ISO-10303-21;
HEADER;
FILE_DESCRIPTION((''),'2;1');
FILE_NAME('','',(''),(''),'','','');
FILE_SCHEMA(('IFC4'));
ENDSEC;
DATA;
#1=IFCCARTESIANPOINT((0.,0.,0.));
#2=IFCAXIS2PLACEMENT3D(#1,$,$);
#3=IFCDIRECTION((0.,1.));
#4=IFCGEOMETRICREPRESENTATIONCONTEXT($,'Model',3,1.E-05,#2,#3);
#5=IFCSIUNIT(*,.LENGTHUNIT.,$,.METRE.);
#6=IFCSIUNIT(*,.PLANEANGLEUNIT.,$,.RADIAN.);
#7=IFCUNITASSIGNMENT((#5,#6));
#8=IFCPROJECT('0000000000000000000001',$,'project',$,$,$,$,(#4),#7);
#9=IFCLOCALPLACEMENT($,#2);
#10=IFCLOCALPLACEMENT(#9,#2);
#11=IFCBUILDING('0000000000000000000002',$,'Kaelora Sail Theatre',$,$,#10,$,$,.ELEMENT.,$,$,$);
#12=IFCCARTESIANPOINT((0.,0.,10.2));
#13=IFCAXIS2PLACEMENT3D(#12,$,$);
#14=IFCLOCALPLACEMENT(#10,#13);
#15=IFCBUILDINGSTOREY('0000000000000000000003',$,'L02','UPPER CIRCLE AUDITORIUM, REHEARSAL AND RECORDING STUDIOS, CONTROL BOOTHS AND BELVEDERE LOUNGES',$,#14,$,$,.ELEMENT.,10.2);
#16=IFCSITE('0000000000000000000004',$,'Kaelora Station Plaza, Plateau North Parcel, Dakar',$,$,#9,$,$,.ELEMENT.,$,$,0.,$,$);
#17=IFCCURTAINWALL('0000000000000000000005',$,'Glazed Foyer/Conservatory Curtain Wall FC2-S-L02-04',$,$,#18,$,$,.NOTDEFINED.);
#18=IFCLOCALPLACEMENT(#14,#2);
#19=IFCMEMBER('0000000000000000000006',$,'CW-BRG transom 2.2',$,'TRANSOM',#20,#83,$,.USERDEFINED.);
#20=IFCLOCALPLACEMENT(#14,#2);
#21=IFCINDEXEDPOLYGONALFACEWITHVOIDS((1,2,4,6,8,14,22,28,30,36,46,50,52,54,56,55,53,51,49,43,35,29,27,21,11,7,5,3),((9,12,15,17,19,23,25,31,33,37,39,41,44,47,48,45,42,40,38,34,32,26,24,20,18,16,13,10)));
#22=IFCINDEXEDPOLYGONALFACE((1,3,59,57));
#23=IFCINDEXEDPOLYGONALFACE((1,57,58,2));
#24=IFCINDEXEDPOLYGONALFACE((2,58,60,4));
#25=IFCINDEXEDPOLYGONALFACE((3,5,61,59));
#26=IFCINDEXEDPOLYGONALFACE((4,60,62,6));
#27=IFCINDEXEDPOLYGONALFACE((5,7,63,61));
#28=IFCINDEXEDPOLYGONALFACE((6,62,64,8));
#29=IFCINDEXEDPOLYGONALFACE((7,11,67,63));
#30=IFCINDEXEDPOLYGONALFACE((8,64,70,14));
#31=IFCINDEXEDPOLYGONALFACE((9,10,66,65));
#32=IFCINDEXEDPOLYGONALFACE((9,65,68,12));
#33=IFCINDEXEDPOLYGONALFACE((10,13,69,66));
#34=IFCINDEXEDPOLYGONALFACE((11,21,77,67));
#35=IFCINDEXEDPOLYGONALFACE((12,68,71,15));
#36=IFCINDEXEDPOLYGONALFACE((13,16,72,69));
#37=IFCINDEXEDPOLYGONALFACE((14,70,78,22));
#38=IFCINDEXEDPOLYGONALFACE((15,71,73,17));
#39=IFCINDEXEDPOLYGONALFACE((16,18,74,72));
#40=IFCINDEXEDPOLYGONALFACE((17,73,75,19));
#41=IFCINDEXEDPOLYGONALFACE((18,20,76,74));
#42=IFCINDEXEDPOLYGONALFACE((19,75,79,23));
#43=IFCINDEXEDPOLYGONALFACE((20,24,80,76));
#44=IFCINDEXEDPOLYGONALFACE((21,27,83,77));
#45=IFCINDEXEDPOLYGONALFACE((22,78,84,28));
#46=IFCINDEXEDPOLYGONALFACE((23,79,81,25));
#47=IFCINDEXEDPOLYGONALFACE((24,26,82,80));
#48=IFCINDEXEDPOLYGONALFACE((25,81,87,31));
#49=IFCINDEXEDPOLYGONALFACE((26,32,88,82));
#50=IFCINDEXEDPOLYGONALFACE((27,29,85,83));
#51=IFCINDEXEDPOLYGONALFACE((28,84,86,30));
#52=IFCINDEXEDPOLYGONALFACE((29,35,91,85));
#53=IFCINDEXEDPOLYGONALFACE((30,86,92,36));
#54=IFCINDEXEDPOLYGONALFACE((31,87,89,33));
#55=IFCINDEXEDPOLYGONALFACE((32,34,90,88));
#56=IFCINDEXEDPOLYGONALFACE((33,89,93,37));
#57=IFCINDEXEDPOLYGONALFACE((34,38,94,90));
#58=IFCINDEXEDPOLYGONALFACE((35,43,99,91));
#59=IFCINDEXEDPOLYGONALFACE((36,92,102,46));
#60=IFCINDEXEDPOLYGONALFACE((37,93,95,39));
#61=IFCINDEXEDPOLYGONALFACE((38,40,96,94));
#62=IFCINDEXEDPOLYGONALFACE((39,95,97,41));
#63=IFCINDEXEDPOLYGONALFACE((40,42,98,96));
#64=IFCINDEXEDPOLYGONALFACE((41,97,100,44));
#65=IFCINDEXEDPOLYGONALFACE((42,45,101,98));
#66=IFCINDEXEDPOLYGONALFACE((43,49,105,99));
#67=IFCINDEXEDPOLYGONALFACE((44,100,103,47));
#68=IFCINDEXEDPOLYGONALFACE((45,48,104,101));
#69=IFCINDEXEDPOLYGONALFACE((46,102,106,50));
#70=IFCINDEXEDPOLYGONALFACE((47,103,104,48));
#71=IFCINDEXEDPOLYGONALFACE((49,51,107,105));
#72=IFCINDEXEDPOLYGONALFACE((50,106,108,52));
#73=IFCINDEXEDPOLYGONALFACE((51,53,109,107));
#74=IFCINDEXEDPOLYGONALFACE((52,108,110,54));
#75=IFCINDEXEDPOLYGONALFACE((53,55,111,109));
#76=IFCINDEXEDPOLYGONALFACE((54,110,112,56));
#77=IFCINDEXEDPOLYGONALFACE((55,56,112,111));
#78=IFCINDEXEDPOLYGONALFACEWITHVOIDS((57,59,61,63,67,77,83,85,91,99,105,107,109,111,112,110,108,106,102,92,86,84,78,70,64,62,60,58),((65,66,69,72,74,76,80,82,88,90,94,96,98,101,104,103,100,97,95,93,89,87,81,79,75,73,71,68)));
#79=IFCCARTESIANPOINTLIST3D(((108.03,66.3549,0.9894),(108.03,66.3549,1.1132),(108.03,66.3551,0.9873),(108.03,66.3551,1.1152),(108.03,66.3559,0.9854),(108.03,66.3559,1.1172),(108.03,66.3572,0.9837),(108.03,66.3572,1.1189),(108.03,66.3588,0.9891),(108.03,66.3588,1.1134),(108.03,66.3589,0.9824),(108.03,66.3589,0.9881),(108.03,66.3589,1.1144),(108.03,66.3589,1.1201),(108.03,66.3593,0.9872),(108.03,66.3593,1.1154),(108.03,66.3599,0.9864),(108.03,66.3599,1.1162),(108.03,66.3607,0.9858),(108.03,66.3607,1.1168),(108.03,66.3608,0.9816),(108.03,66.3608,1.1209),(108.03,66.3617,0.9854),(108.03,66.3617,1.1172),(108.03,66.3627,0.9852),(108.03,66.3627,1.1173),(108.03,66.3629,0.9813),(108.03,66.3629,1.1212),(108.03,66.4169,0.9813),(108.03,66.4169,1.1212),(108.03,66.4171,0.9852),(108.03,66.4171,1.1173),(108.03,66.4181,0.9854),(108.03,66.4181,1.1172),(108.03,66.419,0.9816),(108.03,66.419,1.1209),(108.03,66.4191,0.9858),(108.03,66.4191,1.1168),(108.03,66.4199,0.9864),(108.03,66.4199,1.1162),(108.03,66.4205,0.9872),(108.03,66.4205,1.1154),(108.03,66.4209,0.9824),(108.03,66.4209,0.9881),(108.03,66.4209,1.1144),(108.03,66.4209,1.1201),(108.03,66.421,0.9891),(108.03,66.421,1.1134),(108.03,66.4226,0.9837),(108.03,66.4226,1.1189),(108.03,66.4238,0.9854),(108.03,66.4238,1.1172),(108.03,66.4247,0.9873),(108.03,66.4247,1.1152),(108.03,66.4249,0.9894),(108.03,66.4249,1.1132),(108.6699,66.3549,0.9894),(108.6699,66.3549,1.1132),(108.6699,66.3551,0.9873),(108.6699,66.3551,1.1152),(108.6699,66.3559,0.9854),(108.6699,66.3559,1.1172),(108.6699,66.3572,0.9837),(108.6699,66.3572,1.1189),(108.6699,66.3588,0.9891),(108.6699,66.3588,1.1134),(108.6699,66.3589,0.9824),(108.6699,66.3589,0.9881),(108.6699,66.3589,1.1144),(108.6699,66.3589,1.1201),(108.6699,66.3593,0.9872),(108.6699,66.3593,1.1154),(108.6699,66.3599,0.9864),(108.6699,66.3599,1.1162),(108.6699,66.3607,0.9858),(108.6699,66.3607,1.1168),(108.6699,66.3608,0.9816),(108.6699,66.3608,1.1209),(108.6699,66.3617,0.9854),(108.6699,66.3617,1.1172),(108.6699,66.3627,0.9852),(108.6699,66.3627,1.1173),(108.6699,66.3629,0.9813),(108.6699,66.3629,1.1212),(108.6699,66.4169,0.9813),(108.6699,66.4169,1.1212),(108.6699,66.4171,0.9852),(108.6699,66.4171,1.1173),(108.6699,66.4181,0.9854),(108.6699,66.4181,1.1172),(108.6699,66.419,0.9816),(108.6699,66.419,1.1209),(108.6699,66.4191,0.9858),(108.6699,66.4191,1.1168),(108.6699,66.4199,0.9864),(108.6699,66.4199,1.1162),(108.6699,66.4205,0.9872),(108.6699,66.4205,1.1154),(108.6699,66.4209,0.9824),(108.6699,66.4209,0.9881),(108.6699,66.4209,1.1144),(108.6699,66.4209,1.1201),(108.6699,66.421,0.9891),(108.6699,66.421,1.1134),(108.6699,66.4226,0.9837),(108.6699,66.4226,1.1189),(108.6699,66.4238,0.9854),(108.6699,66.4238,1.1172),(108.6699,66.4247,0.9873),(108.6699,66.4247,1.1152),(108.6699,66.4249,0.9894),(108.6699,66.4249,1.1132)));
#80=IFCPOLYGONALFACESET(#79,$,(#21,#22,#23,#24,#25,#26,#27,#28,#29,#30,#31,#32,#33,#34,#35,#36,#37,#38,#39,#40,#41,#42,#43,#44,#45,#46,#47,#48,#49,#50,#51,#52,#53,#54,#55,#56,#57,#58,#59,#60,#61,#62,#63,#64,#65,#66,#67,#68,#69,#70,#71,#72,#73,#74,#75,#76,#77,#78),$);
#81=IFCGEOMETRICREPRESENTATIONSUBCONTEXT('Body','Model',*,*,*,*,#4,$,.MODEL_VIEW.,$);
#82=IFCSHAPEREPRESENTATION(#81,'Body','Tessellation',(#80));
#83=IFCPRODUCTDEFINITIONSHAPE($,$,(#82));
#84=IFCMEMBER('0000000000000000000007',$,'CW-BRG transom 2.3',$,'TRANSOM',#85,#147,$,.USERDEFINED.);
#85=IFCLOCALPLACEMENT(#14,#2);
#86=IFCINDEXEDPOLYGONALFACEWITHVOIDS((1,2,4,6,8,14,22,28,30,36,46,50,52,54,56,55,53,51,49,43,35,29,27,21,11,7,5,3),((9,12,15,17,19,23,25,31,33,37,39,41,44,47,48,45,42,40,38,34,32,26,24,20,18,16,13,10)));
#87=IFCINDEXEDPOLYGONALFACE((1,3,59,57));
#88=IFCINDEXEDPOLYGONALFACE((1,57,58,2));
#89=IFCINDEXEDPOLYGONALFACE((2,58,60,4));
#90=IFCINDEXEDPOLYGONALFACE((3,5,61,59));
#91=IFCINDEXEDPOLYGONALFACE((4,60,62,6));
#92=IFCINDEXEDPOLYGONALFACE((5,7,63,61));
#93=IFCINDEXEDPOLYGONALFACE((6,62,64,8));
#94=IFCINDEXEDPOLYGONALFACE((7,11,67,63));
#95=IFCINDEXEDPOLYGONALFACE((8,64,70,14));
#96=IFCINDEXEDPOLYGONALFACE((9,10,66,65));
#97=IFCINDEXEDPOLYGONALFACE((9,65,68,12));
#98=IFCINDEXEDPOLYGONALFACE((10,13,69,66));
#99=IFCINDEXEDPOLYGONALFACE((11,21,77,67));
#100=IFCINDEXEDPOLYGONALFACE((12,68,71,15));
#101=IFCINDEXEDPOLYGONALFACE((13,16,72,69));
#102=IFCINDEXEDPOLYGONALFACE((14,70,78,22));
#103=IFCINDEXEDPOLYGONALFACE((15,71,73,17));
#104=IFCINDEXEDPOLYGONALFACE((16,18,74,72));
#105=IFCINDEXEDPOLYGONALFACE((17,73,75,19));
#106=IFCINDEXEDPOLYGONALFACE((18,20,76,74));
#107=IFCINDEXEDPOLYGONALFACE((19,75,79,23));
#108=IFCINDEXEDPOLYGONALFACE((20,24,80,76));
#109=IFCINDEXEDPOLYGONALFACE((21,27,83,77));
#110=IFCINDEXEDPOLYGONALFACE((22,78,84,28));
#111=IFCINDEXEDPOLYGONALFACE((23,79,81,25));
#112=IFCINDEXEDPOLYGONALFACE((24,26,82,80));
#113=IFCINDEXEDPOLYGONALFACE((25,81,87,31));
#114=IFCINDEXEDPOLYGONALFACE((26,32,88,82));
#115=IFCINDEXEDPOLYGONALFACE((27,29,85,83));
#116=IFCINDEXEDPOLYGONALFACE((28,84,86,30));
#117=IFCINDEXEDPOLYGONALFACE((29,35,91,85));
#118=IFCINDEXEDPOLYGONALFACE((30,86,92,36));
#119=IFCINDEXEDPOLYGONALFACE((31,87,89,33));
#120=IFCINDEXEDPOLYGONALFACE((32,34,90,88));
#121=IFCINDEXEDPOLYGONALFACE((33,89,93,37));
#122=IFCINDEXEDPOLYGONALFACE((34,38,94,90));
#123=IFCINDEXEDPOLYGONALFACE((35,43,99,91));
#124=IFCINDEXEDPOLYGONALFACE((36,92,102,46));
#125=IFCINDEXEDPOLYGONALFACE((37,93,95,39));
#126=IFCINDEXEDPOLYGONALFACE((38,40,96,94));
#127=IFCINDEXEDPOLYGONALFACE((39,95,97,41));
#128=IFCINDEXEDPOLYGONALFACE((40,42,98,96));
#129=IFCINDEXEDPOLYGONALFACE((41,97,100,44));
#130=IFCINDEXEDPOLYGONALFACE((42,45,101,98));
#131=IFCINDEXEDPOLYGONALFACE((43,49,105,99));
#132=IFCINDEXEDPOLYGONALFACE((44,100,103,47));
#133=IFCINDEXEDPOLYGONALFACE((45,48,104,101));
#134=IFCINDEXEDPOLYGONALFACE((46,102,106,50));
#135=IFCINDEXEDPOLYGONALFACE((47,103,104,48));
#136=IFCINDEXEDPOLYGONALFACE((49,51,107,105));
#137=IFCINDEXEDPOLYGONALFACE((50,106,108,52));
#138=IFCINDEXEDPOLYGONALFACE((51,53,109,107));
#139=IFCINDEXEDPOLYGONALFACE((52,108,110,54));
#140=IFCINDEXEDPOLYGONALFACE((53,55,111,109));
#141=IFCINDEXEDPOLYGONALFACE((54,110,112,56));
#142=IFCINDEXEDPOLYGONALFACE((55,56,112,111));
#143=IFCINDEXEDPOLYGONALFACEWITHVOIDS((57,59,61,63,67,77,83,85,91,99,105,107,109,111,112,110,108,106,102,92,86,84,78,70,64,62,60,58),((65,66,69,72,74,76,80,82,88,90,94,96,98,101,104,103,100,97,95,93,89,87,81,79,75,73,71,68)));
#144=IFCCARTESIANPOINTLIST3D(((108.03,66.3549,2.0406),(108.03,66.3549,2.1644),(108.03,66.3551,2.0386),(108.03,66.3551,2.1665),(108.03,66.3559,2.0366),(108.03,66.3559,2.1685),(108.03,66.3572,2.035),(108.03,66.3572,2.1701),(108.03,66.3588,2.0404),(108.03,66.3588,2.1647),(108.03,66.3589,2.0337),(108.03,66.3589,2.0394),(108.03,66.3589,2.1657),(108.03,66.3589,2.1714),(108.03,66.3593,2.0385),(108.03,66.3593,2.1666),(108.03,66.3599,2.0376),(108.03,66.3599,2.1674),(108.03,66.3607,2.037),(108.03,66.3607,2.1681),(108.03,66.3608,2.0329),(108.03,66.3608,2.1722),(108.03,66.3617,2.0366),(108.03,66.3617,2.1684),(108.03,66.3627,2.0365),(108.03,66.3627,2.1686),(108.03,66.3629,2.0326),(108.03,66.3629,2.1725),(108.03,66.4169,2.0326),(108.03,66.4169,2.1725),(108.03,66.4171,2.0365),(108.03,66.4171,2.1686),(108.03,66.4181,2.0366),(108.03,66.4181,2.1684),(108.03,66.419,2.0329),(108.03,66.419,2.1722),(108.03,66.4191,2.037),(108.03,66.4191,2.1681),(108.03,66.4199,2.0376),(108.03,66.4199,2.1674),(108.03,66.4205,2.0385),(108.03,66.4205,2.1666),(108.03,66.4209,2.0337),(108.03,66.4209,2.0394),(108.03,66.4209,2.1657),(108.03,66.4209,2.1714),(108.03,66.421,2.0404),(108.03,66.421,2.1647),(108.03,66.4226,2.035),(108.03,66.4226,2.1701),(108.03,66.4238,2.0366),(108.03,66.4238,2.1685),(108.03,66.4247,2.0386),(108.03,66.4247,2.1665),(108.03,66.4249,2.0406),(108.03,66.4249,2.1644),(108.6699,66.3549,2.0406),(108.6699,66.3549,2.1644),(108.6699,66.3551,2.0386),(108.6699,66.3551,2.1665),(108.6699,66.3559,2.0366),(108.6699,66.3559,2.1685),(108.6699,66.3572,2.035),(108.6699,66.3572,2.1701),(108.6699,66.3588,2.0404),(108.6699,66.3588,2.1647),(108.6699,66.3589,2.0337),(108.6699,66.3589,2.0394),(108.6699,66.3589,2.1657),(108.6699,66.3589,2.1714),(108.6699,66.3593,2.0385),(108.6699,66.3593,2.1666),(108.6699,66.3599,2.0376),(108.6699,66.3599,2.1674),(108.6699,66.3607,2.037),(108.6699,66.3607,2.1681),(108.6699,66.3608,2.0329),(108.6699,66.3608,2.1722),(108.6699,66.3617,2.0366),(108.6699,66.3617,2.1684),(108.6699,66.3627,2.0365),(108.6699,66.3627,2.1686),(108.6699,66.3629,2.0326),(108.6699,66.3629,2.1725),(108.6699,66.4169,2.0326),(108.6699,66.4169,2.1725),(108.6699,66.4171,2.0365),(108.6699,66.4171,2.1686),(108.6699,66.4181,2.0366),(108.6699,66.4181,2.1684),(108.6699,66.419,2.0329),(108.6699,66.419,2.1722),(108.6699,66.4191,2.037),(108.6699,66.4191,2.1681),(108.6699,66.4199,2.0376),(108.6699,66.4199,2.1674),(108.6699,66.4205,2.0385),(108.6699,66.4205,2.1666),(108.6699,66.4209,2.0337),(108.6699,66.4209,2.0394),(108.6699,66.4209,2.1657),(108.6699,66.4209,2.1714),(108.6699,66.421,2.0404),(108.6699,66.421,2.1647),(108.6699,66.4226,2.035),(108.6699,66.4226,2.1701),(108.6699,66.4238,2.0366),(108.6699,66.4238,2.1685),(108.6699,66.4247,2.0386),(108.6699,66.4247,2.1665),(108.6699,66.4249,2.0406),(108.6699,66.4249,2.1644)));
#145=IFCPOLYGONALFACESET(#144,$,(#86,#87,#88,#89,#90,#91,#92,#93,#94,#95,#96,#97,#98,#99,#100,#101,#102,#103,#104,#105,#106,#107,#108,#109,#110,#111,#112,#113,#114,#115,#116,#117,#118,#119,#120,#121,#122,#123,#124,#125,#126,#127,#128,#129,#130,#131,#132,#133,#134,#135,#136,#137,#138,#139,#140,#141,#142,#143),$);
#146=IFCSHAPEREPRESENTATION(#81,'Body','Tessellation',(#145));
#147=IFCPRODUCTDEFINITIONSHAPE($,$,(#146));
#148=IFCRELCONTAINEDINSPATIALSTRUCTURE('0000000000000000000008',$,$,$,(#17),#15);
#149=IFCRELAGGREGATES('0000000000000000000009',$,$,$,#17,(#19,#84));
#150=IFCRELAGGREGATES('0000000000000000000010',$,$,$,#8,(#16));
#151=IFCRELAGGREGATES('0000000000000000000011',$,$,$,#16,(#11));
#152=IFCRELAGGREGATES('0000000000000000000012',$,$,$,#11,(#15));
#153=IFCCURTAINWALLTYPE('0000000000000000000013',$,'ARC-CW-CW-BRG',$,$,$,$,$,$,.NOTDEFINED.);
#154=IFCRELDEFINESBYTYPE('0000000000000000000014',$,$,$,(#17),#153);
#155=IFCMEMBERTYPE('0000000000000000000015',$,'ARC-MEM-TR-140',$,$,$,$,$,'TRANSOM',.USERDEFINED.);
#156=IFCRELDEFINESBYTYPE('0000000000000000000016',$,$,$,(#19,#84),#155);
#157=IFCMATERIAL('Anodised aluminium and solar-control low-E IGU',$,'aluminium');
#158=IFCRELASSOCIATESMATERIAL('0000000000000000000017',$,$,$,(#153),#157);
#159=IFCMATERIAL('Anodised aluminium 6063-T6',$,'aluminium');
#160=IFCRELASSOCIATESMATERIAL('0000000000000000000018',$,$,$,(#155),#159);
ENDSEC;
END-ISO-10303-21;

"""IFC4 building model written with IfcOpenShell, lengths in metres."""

from ifc_helpers import new_model, si_unit, direction, frame, origin, origin_2d, place, context, subcontext, project, spatial, hollow_rectangle, extrude, material, material_profile, profile_set, type_object, element, aggregate, save


model = new_model("IFC4")

# Units and contexts
model_context = context("Model", 3, precision=1e-05, world=origin(), true_north=direction((0.0, 1.0)))
body_context = subcontext(model_context, "Body", "Model", "MODEL_VIEW")
ifc_project = project(units=[si_unit("LENGTHUNIT", "METRE"), si_unit("PLANEANGLEUNIT", "RADIAN")], contexts=[model_context])

# Site, building, storey
site_placement = place(None, origin())
site = spatial("IfcSite", under=ifc_project, at=site_placement, Name="Kaelora Station Plaza, Plateau North Parcel, Dakar", CompositionType="ELEMENT", RefElevation=0.0)
building_placement = place(site_placement, origin())
building = spatial("IfcBuilding", under=site, at=building_placement, Name="Kaelora Sail Theatre", CompositionType="ELEMENT")
storey_placement = place(building_placement, frame((0.0, 0.0, 10.2)))
storey = spatial("IfcBuildingStorey", under=building, at=storey_placement, Name="L02", Description="UPPER CIRCLE AUDITORIUM, REHEARSAL AND RECORDING STUDIOS, CONTROL BOOTHS AND BELVEDERE LOUNGES", CompositionType="ELEMENT", Elevation=10.2)

# Shared definitions
ifc_material_1 = material(Name="Anodised aluminium and solar-control low-E IGU", Category="aluminium")
curtain_wall_type = type_object("IfcCurtainWallType", Name="ARC-CW-CW-BRG", PredefinedType="NOTDEFINED", material=ifc_material_1)

# Curtain wall, members
curtain_wall_1_placement = place(storey_placement, origin())
curtain_wall_1 = element("IfcCurtainWall", 1, at=curtain_wall_1_placement, inside=storey, type_object=curtain_wall_type, Name="Glazed Foyer/Conservatory Curtain Wall FC2-S-L02-04", PredefinedType="NOTDEFINED")
ifc_material_2 = material(Name="Anodised aluminium 6063-T6", Category="aluminium")
ifc_material_profile_1 = material_profile(ifc_material_2, hollow_rectangle(XDim=0.0701, YDim=0.1399, WallThickness=0.0039, InnerFilletRadius=0.0039, OuterFilletRadius=0.0081, at=origin_2d()), Name="ALU-TRAN 70x140x4")
ifc_profile_set_1 = profile_set([ifc_material_profile_1], Name="Anodised aluminium 6063-T6")
member_type_1 = type_object("IfcMemberType", Name="ARC-MEM-TR-140", ElementType="TRANSOM", PredefinedType="USERDEFINED", material=ifc_profile_set_1)
member_1_placement = place(storey_placement, frame((108.03, 66.3899, 1.0513), z_axis=(1.0, 0.0, 0.0), x_axis=(0.0, 1.0, 0.0)))
member_1 = element("IfcMember", 2, at=member_1_placement, type_object=member_type_1, Name="CW-BRG transom 2.2", ObjectType="TRANSOM", PredefinedType="USERDEFINED", context=body_context, shape_type="SweptSolid", body=[
    extrude(hollow_rectangle(XDim=0.0701, YDim=0.1399, WallThickness=0.0039, InnerFilletRadius=0.0039, OuterFilletRadius=0.0081, at=origin_2d()), origin(), (0.0, 0.0, 1.0), 0.6399),
])
member_2_placement = place(storey_placement, frame((108.03, 66.3899, 2.1025), z_axis=(1.0, 0.0, 0.0), x_axis=(0.0, 1.0, 0.0)))
member_2 = element("IfcMember", 3, at=member_2_placement, type_object=member_type_1, Name="CW-BRG transom 2.3", ObjectType="TRANSOM", PredefinedType="USERDEFINED", context=body_context, shape_type="SweptSolid", body=[
    extrude(hollow_rectangle(XDim=0.0701, YDim=0.1399, WallThickness=0.0039, InnerFilletRadius=0.0039, OuterFilletRadius=0.0081, at=origin_2d()), origin(), (0.0, 0.0, 1.0), 0.6399),
])

aggregate(curtain_wall_1, [member_1, member_2])

save(model, "model.ifc")
